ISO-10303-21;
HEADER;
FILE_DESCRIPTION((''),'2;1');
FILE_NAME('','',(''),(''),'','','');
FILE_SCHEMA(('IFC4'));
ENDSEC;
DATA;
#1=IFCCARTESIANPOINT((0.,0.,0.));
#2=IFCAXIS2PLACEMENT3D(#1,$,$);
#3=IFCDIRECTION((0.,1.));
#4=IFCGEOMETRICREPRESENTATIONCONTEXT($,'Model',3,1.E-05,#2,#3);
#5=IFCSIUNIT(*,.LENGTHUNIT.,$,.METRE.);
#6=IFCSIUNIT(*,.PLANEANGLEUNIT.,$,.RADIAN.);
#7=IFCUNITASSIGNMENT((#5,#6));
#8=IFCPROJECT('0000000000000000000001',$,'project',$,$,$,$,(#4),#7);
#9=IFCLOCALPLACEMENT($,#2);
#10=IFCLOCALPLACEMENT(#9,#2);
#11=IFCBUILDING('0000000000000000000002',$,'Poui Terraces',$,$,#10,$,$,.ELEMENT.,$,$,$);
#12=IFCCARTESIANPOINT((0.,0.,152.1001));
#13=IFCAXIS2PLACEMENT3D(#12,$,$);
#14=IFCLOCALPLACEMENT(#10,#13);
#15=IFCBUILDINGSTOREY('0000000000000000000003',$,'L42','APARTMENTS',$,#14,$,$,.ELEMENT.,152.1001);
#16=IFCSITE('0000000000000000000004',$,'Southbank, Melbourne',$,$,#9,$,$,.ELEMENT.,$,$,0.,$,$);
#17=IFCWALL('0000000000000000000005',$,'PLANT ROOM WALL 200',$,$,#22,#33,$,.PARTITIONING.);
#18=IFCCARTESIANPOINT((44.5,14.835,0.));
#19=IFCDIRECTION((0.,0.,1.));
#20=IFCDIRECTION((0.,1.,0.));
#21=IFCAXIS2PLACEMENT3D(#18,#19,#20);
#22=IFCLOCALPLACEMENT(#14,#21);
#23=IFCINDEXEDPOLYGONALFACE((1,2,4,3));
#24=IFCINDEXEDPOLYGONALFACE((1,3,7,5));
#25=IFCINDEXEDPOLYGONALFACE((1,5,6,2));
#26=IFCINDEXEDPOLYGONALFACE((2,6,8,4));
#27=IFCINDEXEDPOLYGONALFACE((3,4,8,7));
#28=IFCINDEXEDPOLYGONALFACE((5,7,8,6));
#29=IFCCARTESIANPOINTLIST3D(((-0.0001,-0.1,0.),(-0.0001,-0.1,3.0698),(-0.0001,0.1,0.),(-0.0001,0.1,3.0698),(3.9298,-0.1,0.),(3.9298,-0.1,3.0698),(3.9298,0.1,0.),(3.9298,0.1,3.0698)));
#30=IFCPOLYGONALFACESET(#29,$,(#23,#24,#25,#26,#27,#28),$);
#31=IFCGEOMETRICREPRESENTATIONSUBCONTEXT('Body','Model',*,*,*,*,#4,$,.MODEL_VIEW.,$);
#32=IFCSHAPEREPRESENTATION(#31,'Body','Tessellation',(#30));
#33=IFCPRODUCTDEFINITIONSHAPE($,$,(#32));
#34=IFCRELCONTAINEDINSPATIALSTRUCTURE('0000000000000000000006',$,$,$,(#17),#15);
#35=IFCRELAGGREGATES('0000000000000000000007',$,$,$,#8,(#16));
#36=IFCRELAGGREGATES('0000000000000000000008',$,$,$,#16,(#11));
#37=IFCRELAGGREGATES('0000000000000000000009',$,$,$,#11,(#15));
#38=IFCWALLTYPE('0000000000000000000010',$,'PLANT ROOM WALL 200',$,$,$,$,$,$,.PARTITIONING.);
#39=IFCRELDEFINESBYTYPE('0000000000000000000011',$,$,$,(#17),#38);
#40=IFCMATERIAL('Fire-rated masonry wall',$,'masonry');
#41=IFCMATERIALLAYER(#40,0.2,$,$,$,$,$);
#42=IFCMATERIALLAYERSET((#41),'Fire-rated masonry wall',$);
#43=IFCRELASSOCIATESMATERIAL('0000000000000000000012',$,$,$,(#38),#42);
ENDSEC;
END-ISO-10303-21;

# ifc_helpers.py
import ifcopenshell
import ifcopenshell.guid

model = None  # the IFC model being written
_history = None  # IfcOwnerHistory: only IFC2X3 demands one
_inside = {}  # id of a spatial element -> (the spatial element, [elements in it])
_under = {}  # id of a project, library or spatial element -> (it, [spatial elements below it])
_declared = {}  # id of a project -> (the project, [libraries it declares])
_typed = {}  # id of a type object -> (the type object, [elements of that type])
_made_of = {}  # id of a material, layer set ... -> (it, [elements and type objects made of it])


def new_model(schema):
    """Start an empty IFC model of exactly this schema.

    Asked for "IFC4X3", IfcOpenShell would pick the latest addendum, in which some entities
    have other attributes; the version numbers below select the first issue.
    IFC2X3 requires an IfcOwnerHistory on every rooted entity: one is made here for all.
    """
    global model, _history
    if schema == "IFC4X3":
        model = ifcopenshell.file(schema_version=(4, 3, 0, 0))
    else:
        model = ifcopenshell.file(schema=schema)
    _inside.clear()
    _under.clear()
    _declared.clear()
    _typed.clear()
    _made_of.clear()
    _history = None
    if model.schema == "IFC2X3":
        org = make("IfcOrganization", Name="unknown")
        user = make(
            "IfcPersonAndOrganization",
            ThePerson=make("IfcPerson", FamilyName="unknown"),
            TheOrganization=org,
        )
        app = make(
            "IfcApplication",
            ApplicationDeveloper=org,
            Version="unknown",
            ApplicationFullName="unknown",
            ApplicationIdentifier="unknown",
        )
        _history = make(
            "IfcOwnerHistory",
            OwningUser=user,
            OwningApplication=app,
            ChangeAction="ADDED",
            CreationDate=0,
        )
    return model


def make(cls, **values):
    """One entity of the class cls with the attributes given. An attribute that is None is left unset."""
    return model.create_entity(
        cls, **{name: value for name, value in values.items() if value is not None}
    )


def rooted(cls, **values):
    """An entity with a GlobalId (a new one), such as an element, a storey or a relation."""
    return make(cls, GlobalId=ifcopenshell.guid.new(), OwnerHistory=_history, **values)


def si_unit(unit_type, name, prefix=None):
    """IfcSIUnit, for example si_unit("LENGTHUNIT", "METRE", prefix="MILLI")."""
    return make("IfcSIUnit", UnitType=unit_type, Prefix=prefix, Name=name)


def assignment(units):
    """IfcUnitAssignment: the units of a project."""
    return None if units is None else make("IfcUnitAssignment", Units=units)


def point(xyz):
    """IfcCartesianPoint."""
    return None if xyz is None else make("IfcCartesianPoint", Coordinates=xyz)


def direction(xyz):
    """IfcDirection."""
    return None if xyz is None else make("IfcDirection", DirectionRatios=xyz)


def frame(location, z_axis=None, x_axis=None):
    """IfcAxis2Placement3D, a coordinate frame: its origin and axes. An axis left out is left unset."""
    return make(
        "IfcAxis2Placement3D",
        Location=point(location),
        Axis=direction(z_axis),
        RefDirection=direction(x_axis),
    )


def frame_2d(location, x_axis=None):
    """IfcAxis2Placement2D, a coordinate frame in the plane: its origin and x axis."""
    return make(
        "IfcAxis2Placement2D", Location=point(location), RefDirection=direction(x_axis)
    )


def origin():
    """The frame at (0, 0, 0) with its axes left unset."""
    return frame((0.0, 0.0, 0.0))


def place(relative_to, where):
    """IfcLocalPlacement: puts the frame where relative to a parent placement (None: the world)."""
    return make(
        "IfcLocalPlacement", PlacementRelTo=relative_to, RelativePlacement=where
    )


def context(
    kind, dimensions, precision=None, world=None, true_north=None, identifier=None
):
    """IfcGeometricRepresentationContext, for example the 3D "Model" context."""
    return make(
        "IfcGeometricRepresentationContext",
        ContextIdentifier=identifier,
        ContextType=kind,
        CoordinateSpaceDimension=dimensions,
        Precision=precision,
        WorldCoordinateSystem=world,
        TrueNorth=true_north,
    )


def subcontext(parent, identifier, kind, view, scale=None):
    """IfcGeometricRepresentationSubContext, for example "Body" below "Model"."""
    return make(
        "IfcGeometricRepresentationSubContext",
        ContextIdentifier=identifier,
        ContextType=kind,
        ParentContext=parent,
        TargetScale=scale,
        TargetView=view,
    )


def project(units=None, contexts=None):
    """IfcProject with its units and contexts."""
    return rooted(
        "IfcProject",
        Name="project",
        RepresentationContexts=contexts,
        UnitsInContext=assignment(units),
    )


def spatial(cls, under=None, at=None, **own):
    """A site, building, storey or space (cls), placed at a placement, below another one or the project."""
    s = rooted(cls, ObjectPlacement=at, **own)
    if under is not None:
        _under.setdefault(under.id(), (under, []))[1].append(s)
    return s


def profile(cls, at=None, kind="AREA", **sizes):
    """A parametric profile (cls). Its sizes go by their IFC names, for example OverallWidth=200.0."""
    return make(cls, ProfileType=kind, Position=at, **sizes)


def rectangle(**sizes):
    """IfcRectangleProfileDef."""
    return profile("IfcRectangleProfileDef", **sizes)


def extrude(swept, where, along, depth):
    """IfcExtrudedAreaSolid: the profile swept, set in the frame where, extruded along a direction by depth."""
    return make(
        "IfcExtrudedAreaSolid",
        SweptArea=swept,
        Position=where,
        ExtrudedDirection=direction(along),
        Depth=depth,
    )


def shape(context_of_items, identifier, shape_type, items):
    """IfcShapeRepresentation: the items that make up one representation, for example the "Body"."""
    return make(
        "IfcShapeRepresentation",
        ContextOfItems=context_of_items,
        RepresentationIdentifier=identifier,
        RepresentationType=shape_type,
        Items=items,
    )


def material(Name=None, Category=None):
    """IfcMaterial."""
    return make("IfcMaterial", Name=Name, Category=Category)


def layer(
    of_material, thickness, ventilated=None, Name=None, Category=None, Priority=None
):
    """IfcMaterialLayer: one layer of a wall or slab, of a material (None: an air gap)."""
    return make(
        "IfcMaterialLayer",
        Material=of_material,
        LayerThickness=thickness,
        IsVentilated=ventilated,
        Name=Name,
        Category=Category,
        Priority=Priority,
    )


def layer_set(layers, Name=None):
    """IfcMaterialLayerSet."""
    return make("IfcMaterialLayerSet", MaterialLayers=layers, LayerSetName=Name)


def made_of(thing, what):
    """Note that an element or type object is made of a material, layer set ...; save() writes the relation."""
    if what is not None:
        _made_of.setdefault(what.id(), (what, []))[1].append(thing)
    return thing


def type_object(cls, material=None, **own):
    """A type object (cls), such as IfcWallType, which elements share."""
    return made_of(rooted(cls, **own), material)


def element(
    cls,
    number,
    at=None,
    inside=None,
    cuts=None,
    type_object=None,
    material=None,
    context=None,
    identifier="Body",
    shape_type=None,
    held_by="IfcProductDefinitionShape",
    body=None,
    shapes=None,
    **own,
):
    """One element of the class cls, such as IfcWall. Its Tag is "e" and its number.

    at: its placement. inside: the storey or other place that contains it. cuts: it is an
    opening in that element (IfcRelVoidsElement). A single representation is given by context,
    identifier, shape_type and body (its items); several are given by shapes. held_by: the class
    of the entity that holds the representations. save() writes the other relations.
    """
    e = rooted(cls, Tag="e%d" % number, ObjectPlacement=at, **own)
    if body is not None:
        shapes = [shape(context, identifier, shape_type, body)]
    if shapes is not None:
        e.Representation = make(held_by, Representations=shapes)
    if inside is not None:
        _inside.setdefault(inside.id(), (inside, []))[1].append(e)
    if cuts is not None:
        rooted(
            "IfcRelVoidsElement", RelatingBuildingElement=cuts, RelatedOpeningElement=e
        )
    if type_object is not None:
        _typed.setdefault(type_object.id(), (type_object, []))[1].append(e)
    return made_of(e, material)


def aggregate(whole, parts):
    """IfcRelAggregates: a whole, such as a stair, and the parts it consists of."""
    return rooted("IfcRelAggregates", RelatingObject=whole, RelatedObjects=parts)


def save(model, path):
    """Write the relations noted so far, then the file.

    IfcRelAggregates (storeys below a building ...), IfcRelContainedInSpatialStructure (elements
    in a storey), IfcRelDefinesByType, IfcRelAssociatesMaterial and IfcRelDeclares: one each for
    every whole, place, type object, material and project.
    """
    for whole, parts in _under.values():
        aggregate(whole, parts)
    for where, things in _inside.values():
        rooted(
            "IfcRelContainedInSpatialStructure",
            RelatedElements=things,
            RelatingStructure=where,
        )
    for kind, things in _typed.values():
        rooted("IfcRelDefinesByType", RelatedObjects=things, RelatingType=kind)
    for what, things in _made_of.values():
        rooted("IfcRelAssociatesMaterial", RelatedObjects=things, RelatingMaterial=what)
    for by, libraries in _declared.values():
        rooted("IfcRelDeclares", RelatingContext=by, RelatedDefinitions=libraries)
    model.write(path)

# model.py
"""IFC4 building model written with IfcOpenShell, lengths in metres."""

from ifc_helpers import new_model, si_unit, direction, frame, frame_2d, origin, place, context, subcontext, project, spatial, rectangle, extrude, material, layer, layer_set, type_object, element, save


model = new_model("IFC4")

# Units and contexts
model_context = context("Model", 3, precision=1e-05, world=origin(), true_north=direction((0.0, 1.0)))
body_context = subcontext(model_context, "Body", "Model", "MODEL_VIEW")
ifc_project = project(units=[si_unit("LENGTHUNIT", "METRE"), si_unit("PLANEANGLEUNIT", "RADIAN")], contexts=[model_context])

# Site, building, storey
site_placement = place(None, origin())
site = spatial("IfcSite", under=ifc_project, at=site_placement, Name="Southbank, Melbourne", CompositionType="ELEMENT", RefElevation=0.0)
building_placement = place(site_placement, origin())
building = spatial("IfcBuilding", under=site, at=building_placement, Name="Poui Terraces", CompositionType="ELEMENT")
storey_placement = place(building_placement, frame((0.0, 0.0, 152.1001)))
storey = spatial("IfcBuildingStorey", under=building, at=storey_placement, Name="L42", Description="APARTMENTS", CompositionType="ELEMENT", Elevation=152.1001)

# Wall
ifc_material_1 = material(Name="Fire-rated masonry wall", Category="masonry")
ifc_layer_1 = layer(ifc_material_1, 0.2)
ifc_layer_set_1 = layer_set([ifc_layer_1], Name="Fire-rated masonry wall")
wall_type_1 = type_object("IfcWallType", Name="PLANT ROOM WALL 200", PredefinedType="PARTITIONING", material=ifc_layer_set_1)
wall_1_placement = place(storey_placement, frame((44.5, 14.835, 0.0), z_axis=(0.0, 0.0, 1.0), x_axis=(0.0, 1.0, 0.0)))
element("IfcWall", 1, at=wall_1_placement, inside=storey, type_object=wall_type_1, Name="PLANT ROOM WALL 200", PredefinedType="PARTITIONING", context=body_context, shape_type="SweptSolid", body=[
    extrude(rectangle(XDim=3.9299, YDim=0.2, at=frame_2d((1.9648, 0.0))), origin(), (0.0, 0.0, 1.0), 3.0698),
])

save(model, "model.ifc")
